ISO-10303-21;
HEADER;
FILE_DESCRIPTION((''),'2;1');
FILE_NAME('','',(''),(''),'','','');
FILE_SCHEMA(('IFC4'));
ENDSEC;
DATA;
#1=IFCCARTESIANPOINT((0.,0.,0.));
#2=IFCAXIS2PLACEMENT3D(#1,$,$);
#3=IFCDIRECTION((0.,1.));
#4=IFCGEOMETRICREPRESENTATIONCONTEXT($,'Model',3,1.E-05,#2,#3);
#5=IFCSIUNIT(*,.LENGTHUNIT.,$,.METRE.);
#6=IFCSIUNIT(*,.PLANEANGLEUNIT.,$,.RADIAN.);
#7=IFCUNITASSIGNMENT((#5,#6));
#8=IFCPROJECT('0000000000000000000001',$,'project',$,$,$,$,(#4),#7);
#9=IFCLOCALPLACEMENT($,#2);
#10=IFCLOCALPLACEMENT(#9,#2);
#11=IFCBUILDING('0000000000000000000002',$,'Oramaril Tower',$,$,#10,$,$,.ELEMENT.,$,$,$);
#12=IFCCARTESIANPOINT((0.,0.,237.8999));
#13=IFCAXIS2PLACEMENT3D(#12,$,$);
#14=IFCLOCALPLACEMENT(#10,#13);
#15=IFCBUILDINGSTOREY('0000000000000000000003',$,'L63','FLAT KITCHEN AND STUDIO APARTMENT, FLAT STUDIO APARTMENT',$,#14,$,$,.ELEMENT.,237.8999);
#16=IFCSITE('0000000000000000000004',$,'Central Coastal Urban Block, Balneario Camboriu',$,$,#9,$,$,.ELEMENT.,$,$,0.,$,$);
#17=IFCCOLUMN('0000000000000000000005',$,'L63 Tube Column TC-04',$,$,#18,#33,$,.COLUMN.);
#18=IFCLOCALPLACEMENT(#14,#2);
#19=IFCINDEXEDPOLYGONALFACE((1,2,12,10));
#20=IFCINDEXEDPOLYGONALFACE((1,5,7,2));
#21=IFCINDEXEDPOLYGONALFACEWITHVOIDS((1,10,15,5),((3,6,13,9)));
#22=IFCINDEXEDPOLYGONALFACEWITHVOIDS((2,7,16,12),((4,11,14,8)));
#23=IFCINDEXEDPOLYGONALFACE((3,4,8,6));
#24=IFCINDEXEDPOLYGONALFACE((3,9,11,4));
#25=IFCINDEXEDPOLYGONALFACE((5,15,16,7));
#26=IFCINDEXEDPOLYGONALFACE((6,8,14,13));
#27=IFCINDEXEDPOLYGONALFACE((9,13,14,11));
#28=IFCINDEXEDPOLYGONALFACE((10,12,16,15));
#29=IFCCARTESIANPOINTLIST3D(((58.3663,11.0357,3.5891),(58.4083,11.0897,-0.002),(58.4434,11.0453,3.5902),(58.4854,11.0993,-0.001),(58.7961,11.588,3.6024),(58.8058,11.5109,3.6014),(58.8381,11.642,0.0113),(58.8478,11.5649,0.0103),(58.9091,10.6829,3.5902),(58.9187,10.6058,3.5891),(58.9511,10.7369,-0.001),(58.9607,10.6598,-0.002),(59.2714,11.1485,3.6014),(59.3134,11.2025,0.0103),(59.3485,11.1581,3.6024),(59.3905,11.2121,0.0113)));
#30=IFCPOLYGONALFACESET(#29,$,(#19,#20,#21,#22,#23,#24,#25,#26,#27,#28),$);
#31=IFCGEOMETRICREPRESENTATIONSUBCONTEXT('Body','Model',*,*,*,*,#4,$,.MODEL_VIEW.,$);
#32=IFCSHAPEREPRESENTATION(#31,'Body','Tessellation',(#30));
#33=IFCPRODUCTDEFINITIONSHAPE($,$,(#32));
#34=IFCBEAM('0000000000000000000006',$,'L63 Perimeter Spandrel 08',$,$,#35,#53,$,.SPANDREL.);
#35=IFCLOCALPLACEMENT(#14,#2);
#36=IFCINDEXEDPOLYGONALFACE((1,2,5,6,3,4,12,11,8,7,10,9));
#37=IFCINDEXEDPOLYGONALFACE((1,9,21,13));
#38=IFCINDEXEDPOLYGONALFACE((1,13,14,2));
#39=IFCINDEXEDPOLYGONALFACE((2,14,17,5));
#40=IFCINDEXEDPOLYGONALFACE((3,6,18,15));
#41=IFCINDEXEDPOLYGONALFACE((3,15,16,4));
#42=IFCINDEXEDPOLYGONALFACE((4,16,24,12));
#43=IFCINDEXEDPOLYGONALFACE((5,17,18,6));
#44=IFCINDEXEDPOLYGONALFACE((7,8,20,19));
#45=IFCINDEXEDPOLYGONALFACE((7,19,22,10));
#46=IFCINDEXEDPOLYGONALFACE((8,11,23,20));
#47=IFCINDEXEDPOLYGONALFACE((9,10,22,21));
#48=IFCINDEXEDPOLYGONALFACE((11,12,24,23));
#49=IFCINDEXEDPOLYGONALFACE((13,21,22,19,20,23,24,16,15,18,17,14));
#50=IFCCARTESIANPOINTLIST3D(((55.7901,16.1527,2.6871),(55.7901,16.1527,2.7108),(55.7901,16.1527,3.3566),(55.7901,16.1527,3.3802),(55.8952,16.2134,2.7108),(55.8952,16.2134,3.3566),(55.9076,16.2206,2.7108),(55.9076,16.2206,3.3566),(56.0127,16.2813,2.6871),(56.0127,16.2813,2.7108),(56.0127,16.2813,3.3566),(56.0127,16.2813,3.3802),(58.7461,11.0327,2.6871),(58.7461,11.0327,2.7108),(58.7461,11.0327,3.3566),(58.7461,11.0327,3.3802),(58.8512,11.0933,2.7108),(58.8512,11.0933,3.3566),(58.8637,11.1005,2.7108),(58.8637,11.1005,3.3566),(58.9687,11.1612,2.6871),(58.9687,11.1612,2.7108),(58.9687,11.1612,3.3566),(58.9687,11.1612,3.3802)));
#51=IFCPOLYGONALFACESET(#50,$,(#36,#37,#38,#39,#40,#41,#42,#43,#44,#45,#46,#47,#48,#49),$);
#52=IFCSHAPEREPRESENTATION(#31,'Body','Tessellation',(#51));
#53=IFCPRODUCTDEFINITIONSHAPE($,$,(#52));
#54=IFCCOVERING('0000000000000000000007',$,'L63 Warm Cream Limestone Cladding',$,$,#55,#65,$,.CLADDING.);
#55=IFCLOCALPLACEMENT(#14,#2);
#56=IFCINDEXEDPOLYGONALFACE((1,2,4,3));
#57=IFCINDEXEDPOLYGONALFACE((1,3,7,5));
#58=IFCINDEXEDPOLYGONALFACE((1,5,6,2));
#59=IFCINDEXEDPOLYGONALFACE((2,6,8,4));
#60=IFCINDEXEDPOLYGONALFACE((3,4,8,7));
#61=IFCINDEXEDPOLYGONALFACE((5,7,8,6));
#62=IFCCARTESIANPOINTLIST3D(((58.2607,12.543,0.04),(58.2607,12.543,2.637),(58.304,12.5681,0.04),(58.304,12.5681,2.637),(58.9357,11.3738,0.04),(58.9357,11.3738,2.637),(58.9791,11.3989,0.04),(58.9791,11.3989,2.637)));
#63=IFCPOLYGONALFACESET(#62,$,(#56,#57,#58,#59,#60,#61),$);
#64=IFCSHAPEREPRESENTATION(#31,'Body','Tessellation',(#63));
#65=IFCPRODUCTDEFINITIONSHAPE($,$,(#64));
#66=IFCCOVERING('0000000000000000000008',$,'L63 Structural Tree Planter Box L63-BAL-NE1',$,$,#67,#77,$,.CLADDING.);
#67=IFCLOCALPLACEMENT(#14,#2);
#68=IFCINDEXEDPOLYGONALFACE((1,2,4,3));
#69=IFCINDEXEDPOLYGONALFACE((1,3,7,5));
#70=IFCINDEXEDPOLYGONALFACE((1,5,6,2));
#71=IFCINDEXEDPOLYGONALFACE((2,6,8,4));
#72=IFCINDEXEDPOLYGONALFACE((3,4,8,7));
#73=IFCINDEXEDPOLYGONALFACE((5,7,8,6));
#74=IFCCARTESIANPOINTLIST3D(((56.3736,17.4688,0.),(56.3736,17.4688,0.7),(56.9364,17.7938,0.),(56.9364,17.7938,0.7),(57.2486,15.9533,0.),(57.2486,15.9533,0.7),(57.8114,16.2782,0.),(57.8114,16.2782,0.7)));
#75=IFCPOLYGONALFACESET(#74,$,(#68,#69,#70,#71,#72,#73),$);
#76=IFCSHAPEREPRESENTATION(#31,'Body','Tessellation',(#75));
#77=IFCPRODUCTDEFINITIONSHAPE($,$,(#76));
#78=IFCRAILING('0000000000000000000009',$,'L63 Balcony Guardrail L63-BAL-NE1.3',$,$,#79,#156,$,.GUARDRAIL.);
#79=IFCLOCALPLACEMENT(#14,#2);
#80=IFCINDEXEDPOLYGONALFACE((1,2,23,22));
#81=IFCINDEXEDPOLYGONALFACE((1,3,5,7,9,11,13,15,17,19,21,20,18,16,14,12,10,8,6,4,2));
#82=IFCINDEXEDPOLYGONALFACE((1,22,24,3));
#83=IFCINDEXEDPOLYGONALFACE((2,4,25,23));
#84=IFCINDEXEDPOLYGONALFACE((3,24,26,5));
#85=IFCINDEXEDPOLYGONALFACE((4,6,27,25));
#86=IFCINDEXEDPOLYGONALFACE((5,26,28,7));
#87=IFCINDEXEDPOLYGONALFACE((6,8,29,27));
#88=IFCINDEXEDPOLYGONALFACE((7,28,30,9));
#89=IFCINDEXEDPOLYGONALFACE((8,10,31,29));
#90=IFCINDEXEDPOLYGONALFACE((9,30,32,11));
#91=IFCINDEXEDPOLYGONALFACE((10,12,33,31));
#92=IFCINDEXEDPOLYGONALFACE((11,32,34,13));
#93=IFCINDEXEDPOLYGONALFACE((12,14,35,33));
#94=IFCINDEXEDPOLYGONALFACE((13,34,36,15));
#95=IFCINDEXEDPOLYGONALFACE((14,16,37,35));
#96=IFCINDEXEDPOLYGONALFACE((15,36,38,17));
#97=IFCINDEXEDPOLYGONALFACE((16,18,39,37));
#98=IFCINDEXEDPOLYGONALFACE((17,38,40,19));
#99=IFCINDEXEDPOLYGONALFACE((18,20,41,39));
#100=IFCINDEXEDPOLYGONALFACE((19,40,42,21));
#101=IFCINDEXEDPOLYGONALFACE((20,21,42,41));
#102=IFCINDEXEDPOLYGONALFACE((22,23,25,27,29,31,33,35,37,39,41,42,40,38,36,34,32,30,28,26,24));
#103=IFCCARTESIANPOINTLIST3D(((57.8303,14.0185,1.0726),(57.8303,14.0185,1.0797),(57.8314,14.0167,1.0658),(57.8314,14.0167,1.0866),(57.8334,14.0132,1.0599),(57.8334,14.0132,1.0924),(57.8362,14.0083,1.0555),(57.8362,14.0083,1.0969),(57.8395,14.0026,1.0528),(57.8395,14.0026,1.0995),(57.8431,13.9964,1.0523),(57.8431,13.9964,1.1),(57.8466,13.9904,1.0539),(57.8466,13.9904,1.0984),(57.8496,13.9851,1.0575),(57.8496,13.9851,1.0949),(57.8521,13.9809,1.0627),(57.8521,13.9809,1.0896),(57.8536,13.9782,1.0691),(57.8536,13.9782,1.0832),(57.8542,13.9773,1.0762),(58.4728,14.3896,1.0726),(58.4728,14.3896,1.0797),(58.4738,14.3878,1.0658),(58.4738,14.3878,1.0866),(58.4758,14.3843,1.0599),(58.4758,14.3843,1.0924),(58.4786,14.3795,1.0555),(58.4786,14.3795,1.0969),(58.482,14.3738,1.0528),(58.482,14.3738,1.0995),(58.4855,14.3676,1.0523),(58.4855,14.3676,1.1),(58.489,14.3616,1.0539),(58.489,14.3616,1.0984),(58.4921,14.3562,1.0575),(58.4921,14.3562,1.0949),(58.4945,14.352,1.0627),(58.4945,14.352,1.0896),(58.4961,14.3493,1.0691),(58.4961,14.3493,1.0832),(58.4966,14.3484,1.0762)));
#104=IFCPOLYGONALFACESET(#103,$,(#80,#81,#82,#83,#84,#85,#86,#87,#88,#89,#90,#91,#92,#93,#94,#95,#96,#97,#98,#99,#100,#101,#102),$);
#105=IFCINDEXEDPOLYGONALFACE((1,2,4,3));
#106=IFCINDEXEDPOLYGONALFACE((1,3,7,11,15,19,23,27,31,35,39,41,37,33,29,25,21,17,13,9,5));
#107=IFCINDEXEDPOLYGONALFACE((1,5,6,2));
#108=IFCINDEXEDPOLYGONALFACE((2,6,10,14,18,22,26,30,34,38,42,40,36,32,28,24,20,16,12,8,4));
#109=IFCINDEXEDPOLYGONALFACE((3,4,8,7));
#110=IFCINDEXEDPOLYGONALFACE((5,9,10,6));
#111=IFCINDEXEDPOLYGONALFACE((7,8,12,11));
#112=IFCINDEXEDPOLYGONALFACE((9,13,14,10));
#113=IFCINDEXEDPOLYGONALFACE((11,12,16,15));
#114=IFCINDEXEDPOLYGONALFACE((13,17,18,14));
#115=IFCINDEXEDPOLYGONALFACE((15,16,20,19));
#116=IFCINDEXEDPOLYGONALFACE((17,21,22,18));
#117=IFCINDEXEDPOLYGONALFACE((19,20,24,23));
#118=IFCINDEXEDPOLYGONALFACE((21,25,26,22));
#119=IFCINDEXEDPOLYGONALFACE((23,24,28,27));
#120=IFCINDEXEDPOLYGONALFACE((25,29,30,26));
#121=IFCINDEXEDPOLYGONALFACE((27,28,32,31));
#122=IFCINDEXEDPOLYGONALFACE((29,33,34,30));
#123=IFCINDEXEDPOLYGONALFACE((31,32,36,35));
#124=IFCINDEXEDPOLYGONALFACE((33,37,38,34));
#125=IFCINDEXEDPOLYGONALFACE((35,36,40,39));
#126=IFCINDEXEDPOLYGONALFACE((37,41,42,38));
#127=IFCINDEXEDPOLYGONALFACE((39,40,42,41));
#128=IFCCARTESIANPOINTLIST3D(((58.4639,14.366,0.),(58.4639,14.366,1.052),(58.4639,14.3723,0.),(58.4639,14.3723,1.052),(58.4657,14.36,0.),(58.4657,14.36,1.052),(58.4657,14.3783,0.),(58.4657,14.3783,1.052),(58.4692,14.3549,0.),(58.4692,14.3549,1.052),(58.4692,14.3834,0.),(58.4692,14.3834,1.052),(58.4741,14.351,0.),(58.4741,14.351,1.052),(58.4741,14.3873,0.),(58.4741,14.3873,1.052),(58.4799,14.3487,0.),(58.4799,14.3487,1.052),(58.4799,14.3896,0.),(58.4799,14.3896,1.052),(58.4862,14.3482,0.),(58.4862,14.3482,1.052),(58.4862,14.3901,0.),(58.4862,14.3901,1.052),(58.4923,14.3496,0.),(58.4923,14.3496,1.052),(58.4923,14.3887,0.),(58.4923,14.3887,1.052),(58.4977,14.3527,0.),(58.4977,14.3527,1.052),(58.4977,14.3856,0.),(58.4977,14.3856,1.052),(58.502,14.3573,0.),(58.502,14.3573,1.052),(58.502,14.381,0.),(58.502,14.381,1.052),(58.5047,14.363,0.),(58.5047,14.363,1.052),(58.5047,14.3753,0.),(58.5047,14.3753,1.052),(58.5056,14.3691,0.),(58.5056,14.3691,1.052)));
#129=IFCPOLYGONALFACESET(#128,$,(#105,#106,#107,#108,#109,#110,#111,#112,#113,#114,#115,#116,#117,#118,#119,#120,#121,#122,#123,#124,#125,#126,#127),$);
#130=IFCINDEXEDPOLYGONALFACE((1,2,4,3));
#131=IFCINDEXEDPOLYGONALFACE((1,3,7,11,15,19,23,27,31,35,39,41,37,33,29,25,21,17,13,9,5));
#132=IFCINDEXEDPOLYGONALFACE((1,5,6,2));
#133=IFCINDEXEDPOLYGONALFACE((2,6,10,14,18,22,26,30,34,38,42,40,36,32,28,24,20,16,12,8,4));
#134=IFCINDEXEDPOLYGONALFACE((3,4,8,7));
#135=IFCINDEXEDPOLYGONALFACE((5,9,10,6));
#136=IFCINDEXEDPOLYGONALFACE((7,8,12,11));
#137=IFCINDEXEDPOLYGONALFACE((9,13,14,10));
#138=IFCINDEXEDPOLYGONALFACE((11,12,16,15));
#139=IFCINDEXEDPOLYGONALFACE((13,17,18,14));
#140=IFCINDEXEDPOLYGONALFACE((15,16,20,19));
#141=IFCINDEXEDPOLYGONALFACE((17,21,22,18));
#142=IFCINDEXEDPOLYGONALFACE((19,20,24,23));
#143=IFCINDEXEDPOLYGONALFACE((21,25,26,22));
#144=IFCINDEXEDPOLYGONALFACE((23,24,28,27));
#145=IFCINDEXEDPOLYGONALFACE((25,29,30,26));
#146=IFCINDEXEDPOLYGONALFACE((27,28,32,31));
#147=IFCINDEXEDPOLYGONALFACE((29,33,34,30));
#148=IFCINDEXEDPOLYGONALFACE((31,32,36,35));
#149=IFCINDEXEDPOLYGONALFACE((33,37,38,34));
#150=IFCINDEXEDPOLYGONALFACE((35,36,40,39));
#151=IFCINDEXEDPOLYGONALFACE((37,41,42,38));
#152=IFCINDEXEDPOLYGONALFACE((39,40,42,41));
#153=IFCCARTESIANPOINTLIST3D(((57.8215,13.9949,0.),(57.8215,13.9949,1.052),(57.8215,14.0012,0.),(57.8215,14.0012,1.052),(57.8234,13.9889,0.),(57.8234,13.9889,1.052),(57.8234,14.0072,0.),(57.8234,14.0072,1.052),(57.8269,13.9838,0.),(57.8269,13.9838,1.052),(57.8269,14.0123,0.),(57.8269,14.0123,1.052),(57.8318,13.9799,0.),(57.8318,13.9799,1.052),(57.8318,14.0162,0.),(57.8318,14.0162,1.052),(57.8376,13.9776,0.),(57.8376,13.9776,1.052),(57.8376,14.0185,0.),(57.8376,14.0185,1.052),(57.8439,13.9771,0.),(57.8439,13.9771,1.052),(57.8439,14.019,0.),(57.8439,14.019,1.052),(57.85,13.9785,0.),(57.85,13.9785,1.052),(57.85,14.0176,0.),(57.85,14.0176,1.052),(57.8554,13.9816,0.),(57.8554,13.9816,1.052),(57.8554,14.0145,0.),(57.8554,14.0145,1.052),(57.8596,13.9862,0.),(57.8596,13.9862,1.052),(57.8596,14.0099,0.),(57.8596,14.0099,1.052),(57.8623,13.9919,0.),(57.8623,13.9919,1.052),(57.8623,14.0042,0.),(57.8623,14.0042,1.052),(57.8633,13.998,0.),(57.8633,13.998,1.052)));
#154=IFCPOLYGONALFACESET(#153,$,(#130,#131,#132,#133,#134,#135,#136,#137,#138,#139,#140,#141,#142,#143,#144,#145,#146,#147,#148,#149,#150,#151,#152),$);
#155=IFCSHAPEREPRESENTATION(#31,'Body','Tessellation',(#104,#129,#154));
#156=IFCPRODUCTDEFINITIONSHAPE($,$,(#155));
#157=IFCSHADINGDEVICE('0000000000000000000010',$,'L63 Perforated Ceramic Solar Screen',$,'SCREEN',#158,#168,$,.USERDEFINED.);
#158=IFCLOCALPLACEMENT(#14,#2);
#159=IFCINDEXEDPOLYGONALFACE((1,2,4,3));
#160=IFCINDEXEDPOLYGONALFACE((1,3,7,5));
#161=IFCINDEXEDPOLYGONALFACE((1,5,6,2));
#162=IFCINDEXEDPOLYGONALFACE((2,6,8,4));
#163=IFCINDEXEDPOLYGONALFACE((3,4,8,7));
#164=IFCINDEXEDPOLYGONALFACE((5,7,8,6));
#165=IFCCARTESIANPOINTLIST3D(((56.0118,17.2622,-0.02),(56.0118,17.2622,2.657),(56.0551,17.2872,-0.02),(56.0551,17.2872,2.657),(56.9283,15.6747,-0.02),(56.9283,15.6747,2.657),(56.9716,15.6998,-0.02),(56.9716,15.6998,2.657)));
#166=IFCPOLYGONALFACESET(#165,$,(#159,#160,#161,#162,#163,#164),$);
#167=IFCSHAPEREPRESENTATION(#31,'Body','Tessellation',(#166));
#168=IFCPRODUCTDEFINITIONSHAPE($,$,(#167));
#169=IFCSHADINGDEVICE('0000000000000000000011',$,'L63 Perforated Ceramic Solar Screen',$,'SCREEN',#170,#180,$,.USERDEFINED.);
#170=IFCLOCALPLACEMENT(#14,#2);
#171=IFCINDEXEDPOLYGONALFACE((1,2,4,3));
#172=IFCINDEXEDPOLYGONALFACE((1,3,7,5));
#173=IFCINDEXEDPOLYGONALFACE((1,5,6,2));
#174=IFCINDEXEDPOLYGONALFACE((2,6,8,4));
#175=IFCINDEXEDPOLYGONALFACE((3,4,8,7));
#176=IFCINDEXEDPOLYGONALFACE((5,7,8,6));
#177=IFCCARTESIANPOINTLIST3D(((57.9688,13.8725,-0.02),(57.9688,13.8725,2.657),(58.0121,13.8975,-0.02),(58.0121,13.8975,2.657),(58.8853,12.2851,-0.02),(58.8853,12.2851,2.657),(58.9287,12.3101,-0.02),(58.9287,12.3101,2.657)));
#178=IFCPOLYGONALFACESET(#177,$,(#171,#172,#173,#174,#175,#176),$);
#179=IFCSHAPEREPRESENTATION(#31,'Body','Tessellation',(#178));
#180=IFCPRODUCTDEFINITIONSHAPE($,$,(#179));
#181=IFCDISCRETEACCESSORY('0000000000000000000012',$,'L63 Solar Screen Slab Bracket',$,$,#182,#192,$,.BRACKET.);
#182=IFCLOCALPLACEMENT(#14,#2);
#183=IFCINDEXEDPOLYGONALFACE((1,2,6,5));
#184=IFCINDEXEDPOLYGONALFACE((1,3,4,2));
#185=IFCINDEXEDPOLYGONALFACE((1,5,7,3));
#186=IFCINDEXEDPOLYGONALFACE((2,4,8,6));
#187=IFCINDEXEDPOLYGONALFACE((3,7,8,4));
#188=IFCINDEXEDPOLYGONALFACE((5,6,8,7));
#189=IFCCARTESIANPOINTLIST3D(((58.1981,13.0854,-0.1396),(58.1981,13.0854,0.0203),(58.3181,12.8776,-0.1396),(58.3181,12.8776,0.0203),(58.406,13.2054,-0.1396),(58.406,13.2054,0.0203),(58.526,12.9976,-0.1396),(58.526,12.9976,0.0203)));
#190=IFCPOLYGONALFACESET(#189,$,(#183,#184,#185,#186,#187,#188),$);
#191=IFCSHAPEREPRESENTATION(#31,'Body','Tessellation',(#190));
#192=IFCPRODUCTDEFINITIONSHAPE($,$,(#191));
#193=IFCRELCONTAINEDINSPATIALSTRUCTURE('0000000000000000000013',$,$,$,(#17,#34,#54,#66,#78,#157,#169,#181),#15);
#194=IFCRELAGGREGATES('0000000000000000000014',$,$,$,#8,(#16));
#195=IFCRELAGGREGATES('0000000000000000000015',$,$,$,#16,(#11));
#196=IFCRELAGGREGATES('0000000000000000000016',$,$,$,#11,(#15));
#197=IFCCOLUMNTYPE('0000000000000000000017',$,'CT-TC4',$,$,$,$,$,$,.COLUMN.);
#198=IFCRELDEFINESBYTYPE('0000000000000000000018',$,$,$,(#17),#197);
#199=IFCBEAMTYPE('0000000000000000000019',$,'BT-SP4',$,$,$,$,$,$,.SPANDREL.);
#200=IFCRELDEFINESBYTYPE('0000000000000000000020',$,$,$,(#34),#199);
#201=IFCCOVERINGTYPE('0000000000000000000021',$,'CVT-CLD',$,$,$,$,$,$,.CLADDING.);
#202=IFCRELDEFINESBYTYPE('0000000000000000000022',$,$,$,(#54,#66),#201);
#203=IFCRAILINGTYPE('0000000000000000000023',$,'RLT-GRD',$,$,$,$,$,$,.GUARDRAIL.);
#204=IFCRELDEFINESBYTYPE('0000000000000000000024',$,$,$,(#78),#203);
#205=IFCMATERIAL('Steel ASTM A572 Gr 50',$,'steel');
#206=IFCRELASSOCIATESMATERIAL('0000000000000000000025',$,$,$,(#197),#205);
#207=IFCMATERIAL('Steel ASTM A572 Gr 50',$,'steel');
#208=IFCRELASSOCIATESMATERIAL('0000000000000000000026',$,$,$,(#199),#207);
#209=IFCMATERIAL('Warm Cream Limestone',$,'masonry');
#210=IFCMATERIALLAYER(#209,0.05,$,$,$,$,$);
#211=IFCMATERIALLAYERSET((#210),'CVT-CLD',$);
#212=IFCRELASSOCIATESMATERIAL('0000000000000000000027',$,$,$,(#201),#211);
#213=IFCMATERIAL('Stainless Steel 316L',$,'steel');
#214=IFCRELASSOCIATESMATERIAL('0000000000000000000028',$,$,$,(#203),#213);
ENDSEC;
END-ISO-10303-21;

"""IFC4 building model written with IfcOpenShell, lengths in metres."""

from ifc_helpers import new_model, si_unit, direction, frame, origin, origin_2d, place, context, subcontext, project, spatial, rectangle, hollow_rectangle, circle, i_section, extrude, material, layer, layer_set, material_profile, profile_set, type_object, element, save


model = new_model("IFC4")

# Units and contexts
model_context = context("Model", 3, precision=1e-05, world=origin(), true_north=direction((0.0, 1.0)))
body_context = subcontext(model_context, "Body", "Model", "MODEL_VIEW")
ifc_project = project(units=[si_unit("LENGTHUNIT", "METRE"), si_unit("PLANEANGLEUNIT", "RADIAN")], contexts=[model_context])

# Site, building, storey
site_placement = place(None, origin())
site = spatial("IfcSite", under=ifc_project, at=site_placement, Name="Central Coastal Urban Block, Balneario Camboriu", CompositionType="ELEMENT", RefElevation=0.0)
building_placement = place(site_placement, origin())
building = spatial("IfcBuilding", under=site, at=building_placement, Name="Oramaril Tower", CompositionType="ELEMENT")
storey_placement = place(building_placement, frame((0.0, 0.0, 237.8999)))
storey = spatial("IfcBuildingStorey", under=building, at=storey_placement, Name="L63", Description="FLAT KITCHEN AND STUDIO APARTMENT, FLAT STUDIO APARTMENT", CompositionType="ELEMENT", Elevation=237.8999)

# Column
ifc_material_1 = material(Name="Steel ASTM A572 Gr 50", Category="steel")
ifc_material_profile_1 = material_profile(ifc_material_1, hollow_rectangle(XDim=0.7, YDim=0.7, WallThickness=0.0549, at=origin_2d()), Name="BOX700X700X55")
ifc_profile_set_1 = profile_set([ifc_material_profile_1], Name="Steel ASTM A572 Gr 50")
column_type = type_object("IfcColumnType", Name="CT-TC4", PredefinedType="COLUMN", material=ifc_profile_set_1)
column_placement = place(storey_placement, frame((58.8994, 11.1509, 0.0046), z_axis=(-0.011691, -0.015022, 0.999819), x_axis=(0.78916, -0.614188, 0.0)))
element("IfcColumn", 1, at=column_placement, inside=storey, type_object=column_type, Name="L63 Tube Column TC-04", PredefinedType="COLUMN", context=body_context, shape_type="SweptSolid", body=[
    extrude(hollow_rectangle(XDim=0.7, YDim=0.7, WallThickness=0.0549, at=origin_2d()), origin(), (0.0, 0.0, 1.0), 3.5918),
])

# Beam
ifc_material_2 = material(Name="Steel ASTM A572 Gr 50", Category="steel")
ifc_material_profile_2 = material_profile(ifc_material_2, i_section(OverallWidth=0.2571, OverallDepth=0.6931, WebThickness=0.0144, FlangeThickness=0.0237, at=origin_2d()), Name="W27X114")
ifc_profile_set_2 = profile_set([ifc_material_profile_2], Name="Steel ASTM A572 Gr 50")
beam_type = type_object("IfcBeamType", Name="BT-SP4", PredefinedType="SPANDREL", material=ifc_profile_set_2)
beam_placement = place(storey_placement, frame((58.8574, 11.0969, 3.0337), z_axis=(-0.499994, 0.866029, 0.0), x_axis=(-0.866029, -0.499994, 0.0)))
element("IfcBeam", 2, at=beam_placement, inside=storey, type_object=beam_type, Name="L63 Perimeter Spandrel 08", PredefinedType="SPANDREL", context=body_context, shape_type="SweptSolid", body=[
    extrude(i_section(OverallWidth=0.2571, OverallDepth=0.6931, WebThickness=0.0144, FlangeThickness=0.0237, at=origin_2d()), origin(), (0.0, 0.0, 1.0), 5.9121),
])

# Coverings
ifc_material_3 = material(Name="Warm Cream Limestone", Category="masonry")
ifc_layer_1 = layer(ifc_material_3, 0.05)
ifc_layer_set_1 = layer_set([ifc_layer_1], Name="CVT-CLD")
covering_type = type_object("IfcCoveringType", Name="CVT-CLD", PredefinedType="CLADDING", material=ifc_layer_set_1)
covering_1_placement = place(storey_placement, frame((58.6199, 11.9709, 0.04), z_axis=(0.0, 0.0, 1.0), x_axis=(-0.500002, 0.866025, 0.0)))
element("IfcCovering", 3, at=covering_1_placement, inside=storey, type_object=covering_type, Name="L63 Warm Cream Limestone Cladding", PredefinedType="CLADDING", context=body_context, shape_type="SweptSolid", body=[
    extrude(rectangle(XDim=1.3501, YDim=0.05, at=origin_2d()), origin(), (0.0, 0.0, 1.0), 2.5969),
])
covering_2_placement = place(storey_placement, frame((57.0925, 16.8735, 0.0), z_axis=(0.0, 0.0, 1.0), x_axis=(-0.500002, 0.866025, 0.0)))
element("IfcCovering", 4, at=covering_2_placement, inside=storey, type_object=covering_type, Name="L63 Structural Tree Planter Box L63-BAL-NE1", PredefinedType="CLADDING", context=body_context, shape_type="SweptSolid", body=[
    extrude(rectangle(XDim=1.75, YDim=0.6499, at=origin_2d()), origin(), (0.0, 0.0, 1.0), 0.7),
])

# Railing
ifc_material_4 = material(Name="Stainless Steel 316L", Category="steel")
railing_type = type_object("IfcRailingType", Name="RLT-GRD", PredefinedType="GUARDRAIL", material=ifc_material_4)
railing_placement = place(storey_placement, frame((58.4846, 14.3691, 0.0)))
element("IfcRailing", 5, at=railing_placement, inside=storey, type_object=railing_type, Name="L63 Balcony Guardrail L63-BAL-NE1.3", PredefinedType="GUARDRAIL", context=body_context, shape_type="SweptSolid", body=[
    extrude(circle(Radius=0.0239, at=origin_2d()), frame((0.0, 0.0, 1.0762), z_axis=(-0.865884, -0.500245, 0.0), x_axis=(0.500245, -0.865884, 0.0)), (0.0, 0.0, 1.0), 0.7419),
    extrude(circle(Radius=0.021, at=origin_2d()), origin(), (0.0, 0.0, 1.0), 1.052),
    extrude(circle(Radius=0.021, at=origin_2d()), frame((-0.6423, -0.3711, 0.0)), (0.0, 0.0, 1.0), 1.052),
])

# Shading devices
for number, where, z_axis, x_axis, name in (
    (6, (56.4917, 16.481, -0.02), (0.0, 0.0, 1.0), (-0.500002, 0.866025, 0.0), "L63 Perforated Ceramic Solar Screen"),
    (7, (58.4487, 13.0913, -0.02), (0.0, 0.0, 1.0), (-0.500002, 0.866025, 0.0), "L63 Perforated Ceramic Solar Screen"),
):
    element("IfcShadingDevice", number, at=place(storey_placement, frame(where, z_axis=z_axis, x_axis=x_axis)), inside=storey, Name=name, ObjectType="SCREEN", PredefinedType="USERDEFINED", context=body_context, shape_type="SweptSolid", body=[
        extrude(rectangle(XDim=1.833, YDim=0.05, at=origin_2d()), origin(), (0.0, 0.0, 1.0), 2.677),
    ])

# Discrete accessory
discrete_accessory_placement = place(storey_placement, frame((58.3621, 13.0415, -0.1396), z_axis=(0.0, 0.0, 1.0), x_axis=(-0.500002, 0.866025, 0.0)))
element("IfcDiscreteAccessory", 8, at=discrete_accessory_placement, inside=storey, Name="L63 Solar Screen Slab Bracket", PredefinedType="BRACKET", context=body_context, shape_type="SweptSolid", body=[
    extrude(rectangle(XDim=0.24, YDim=0.24, at=origin_2d()), origin(), (0.0, 0.0, 1.0), 0.1599),
])

save(model, "model.ifc")
